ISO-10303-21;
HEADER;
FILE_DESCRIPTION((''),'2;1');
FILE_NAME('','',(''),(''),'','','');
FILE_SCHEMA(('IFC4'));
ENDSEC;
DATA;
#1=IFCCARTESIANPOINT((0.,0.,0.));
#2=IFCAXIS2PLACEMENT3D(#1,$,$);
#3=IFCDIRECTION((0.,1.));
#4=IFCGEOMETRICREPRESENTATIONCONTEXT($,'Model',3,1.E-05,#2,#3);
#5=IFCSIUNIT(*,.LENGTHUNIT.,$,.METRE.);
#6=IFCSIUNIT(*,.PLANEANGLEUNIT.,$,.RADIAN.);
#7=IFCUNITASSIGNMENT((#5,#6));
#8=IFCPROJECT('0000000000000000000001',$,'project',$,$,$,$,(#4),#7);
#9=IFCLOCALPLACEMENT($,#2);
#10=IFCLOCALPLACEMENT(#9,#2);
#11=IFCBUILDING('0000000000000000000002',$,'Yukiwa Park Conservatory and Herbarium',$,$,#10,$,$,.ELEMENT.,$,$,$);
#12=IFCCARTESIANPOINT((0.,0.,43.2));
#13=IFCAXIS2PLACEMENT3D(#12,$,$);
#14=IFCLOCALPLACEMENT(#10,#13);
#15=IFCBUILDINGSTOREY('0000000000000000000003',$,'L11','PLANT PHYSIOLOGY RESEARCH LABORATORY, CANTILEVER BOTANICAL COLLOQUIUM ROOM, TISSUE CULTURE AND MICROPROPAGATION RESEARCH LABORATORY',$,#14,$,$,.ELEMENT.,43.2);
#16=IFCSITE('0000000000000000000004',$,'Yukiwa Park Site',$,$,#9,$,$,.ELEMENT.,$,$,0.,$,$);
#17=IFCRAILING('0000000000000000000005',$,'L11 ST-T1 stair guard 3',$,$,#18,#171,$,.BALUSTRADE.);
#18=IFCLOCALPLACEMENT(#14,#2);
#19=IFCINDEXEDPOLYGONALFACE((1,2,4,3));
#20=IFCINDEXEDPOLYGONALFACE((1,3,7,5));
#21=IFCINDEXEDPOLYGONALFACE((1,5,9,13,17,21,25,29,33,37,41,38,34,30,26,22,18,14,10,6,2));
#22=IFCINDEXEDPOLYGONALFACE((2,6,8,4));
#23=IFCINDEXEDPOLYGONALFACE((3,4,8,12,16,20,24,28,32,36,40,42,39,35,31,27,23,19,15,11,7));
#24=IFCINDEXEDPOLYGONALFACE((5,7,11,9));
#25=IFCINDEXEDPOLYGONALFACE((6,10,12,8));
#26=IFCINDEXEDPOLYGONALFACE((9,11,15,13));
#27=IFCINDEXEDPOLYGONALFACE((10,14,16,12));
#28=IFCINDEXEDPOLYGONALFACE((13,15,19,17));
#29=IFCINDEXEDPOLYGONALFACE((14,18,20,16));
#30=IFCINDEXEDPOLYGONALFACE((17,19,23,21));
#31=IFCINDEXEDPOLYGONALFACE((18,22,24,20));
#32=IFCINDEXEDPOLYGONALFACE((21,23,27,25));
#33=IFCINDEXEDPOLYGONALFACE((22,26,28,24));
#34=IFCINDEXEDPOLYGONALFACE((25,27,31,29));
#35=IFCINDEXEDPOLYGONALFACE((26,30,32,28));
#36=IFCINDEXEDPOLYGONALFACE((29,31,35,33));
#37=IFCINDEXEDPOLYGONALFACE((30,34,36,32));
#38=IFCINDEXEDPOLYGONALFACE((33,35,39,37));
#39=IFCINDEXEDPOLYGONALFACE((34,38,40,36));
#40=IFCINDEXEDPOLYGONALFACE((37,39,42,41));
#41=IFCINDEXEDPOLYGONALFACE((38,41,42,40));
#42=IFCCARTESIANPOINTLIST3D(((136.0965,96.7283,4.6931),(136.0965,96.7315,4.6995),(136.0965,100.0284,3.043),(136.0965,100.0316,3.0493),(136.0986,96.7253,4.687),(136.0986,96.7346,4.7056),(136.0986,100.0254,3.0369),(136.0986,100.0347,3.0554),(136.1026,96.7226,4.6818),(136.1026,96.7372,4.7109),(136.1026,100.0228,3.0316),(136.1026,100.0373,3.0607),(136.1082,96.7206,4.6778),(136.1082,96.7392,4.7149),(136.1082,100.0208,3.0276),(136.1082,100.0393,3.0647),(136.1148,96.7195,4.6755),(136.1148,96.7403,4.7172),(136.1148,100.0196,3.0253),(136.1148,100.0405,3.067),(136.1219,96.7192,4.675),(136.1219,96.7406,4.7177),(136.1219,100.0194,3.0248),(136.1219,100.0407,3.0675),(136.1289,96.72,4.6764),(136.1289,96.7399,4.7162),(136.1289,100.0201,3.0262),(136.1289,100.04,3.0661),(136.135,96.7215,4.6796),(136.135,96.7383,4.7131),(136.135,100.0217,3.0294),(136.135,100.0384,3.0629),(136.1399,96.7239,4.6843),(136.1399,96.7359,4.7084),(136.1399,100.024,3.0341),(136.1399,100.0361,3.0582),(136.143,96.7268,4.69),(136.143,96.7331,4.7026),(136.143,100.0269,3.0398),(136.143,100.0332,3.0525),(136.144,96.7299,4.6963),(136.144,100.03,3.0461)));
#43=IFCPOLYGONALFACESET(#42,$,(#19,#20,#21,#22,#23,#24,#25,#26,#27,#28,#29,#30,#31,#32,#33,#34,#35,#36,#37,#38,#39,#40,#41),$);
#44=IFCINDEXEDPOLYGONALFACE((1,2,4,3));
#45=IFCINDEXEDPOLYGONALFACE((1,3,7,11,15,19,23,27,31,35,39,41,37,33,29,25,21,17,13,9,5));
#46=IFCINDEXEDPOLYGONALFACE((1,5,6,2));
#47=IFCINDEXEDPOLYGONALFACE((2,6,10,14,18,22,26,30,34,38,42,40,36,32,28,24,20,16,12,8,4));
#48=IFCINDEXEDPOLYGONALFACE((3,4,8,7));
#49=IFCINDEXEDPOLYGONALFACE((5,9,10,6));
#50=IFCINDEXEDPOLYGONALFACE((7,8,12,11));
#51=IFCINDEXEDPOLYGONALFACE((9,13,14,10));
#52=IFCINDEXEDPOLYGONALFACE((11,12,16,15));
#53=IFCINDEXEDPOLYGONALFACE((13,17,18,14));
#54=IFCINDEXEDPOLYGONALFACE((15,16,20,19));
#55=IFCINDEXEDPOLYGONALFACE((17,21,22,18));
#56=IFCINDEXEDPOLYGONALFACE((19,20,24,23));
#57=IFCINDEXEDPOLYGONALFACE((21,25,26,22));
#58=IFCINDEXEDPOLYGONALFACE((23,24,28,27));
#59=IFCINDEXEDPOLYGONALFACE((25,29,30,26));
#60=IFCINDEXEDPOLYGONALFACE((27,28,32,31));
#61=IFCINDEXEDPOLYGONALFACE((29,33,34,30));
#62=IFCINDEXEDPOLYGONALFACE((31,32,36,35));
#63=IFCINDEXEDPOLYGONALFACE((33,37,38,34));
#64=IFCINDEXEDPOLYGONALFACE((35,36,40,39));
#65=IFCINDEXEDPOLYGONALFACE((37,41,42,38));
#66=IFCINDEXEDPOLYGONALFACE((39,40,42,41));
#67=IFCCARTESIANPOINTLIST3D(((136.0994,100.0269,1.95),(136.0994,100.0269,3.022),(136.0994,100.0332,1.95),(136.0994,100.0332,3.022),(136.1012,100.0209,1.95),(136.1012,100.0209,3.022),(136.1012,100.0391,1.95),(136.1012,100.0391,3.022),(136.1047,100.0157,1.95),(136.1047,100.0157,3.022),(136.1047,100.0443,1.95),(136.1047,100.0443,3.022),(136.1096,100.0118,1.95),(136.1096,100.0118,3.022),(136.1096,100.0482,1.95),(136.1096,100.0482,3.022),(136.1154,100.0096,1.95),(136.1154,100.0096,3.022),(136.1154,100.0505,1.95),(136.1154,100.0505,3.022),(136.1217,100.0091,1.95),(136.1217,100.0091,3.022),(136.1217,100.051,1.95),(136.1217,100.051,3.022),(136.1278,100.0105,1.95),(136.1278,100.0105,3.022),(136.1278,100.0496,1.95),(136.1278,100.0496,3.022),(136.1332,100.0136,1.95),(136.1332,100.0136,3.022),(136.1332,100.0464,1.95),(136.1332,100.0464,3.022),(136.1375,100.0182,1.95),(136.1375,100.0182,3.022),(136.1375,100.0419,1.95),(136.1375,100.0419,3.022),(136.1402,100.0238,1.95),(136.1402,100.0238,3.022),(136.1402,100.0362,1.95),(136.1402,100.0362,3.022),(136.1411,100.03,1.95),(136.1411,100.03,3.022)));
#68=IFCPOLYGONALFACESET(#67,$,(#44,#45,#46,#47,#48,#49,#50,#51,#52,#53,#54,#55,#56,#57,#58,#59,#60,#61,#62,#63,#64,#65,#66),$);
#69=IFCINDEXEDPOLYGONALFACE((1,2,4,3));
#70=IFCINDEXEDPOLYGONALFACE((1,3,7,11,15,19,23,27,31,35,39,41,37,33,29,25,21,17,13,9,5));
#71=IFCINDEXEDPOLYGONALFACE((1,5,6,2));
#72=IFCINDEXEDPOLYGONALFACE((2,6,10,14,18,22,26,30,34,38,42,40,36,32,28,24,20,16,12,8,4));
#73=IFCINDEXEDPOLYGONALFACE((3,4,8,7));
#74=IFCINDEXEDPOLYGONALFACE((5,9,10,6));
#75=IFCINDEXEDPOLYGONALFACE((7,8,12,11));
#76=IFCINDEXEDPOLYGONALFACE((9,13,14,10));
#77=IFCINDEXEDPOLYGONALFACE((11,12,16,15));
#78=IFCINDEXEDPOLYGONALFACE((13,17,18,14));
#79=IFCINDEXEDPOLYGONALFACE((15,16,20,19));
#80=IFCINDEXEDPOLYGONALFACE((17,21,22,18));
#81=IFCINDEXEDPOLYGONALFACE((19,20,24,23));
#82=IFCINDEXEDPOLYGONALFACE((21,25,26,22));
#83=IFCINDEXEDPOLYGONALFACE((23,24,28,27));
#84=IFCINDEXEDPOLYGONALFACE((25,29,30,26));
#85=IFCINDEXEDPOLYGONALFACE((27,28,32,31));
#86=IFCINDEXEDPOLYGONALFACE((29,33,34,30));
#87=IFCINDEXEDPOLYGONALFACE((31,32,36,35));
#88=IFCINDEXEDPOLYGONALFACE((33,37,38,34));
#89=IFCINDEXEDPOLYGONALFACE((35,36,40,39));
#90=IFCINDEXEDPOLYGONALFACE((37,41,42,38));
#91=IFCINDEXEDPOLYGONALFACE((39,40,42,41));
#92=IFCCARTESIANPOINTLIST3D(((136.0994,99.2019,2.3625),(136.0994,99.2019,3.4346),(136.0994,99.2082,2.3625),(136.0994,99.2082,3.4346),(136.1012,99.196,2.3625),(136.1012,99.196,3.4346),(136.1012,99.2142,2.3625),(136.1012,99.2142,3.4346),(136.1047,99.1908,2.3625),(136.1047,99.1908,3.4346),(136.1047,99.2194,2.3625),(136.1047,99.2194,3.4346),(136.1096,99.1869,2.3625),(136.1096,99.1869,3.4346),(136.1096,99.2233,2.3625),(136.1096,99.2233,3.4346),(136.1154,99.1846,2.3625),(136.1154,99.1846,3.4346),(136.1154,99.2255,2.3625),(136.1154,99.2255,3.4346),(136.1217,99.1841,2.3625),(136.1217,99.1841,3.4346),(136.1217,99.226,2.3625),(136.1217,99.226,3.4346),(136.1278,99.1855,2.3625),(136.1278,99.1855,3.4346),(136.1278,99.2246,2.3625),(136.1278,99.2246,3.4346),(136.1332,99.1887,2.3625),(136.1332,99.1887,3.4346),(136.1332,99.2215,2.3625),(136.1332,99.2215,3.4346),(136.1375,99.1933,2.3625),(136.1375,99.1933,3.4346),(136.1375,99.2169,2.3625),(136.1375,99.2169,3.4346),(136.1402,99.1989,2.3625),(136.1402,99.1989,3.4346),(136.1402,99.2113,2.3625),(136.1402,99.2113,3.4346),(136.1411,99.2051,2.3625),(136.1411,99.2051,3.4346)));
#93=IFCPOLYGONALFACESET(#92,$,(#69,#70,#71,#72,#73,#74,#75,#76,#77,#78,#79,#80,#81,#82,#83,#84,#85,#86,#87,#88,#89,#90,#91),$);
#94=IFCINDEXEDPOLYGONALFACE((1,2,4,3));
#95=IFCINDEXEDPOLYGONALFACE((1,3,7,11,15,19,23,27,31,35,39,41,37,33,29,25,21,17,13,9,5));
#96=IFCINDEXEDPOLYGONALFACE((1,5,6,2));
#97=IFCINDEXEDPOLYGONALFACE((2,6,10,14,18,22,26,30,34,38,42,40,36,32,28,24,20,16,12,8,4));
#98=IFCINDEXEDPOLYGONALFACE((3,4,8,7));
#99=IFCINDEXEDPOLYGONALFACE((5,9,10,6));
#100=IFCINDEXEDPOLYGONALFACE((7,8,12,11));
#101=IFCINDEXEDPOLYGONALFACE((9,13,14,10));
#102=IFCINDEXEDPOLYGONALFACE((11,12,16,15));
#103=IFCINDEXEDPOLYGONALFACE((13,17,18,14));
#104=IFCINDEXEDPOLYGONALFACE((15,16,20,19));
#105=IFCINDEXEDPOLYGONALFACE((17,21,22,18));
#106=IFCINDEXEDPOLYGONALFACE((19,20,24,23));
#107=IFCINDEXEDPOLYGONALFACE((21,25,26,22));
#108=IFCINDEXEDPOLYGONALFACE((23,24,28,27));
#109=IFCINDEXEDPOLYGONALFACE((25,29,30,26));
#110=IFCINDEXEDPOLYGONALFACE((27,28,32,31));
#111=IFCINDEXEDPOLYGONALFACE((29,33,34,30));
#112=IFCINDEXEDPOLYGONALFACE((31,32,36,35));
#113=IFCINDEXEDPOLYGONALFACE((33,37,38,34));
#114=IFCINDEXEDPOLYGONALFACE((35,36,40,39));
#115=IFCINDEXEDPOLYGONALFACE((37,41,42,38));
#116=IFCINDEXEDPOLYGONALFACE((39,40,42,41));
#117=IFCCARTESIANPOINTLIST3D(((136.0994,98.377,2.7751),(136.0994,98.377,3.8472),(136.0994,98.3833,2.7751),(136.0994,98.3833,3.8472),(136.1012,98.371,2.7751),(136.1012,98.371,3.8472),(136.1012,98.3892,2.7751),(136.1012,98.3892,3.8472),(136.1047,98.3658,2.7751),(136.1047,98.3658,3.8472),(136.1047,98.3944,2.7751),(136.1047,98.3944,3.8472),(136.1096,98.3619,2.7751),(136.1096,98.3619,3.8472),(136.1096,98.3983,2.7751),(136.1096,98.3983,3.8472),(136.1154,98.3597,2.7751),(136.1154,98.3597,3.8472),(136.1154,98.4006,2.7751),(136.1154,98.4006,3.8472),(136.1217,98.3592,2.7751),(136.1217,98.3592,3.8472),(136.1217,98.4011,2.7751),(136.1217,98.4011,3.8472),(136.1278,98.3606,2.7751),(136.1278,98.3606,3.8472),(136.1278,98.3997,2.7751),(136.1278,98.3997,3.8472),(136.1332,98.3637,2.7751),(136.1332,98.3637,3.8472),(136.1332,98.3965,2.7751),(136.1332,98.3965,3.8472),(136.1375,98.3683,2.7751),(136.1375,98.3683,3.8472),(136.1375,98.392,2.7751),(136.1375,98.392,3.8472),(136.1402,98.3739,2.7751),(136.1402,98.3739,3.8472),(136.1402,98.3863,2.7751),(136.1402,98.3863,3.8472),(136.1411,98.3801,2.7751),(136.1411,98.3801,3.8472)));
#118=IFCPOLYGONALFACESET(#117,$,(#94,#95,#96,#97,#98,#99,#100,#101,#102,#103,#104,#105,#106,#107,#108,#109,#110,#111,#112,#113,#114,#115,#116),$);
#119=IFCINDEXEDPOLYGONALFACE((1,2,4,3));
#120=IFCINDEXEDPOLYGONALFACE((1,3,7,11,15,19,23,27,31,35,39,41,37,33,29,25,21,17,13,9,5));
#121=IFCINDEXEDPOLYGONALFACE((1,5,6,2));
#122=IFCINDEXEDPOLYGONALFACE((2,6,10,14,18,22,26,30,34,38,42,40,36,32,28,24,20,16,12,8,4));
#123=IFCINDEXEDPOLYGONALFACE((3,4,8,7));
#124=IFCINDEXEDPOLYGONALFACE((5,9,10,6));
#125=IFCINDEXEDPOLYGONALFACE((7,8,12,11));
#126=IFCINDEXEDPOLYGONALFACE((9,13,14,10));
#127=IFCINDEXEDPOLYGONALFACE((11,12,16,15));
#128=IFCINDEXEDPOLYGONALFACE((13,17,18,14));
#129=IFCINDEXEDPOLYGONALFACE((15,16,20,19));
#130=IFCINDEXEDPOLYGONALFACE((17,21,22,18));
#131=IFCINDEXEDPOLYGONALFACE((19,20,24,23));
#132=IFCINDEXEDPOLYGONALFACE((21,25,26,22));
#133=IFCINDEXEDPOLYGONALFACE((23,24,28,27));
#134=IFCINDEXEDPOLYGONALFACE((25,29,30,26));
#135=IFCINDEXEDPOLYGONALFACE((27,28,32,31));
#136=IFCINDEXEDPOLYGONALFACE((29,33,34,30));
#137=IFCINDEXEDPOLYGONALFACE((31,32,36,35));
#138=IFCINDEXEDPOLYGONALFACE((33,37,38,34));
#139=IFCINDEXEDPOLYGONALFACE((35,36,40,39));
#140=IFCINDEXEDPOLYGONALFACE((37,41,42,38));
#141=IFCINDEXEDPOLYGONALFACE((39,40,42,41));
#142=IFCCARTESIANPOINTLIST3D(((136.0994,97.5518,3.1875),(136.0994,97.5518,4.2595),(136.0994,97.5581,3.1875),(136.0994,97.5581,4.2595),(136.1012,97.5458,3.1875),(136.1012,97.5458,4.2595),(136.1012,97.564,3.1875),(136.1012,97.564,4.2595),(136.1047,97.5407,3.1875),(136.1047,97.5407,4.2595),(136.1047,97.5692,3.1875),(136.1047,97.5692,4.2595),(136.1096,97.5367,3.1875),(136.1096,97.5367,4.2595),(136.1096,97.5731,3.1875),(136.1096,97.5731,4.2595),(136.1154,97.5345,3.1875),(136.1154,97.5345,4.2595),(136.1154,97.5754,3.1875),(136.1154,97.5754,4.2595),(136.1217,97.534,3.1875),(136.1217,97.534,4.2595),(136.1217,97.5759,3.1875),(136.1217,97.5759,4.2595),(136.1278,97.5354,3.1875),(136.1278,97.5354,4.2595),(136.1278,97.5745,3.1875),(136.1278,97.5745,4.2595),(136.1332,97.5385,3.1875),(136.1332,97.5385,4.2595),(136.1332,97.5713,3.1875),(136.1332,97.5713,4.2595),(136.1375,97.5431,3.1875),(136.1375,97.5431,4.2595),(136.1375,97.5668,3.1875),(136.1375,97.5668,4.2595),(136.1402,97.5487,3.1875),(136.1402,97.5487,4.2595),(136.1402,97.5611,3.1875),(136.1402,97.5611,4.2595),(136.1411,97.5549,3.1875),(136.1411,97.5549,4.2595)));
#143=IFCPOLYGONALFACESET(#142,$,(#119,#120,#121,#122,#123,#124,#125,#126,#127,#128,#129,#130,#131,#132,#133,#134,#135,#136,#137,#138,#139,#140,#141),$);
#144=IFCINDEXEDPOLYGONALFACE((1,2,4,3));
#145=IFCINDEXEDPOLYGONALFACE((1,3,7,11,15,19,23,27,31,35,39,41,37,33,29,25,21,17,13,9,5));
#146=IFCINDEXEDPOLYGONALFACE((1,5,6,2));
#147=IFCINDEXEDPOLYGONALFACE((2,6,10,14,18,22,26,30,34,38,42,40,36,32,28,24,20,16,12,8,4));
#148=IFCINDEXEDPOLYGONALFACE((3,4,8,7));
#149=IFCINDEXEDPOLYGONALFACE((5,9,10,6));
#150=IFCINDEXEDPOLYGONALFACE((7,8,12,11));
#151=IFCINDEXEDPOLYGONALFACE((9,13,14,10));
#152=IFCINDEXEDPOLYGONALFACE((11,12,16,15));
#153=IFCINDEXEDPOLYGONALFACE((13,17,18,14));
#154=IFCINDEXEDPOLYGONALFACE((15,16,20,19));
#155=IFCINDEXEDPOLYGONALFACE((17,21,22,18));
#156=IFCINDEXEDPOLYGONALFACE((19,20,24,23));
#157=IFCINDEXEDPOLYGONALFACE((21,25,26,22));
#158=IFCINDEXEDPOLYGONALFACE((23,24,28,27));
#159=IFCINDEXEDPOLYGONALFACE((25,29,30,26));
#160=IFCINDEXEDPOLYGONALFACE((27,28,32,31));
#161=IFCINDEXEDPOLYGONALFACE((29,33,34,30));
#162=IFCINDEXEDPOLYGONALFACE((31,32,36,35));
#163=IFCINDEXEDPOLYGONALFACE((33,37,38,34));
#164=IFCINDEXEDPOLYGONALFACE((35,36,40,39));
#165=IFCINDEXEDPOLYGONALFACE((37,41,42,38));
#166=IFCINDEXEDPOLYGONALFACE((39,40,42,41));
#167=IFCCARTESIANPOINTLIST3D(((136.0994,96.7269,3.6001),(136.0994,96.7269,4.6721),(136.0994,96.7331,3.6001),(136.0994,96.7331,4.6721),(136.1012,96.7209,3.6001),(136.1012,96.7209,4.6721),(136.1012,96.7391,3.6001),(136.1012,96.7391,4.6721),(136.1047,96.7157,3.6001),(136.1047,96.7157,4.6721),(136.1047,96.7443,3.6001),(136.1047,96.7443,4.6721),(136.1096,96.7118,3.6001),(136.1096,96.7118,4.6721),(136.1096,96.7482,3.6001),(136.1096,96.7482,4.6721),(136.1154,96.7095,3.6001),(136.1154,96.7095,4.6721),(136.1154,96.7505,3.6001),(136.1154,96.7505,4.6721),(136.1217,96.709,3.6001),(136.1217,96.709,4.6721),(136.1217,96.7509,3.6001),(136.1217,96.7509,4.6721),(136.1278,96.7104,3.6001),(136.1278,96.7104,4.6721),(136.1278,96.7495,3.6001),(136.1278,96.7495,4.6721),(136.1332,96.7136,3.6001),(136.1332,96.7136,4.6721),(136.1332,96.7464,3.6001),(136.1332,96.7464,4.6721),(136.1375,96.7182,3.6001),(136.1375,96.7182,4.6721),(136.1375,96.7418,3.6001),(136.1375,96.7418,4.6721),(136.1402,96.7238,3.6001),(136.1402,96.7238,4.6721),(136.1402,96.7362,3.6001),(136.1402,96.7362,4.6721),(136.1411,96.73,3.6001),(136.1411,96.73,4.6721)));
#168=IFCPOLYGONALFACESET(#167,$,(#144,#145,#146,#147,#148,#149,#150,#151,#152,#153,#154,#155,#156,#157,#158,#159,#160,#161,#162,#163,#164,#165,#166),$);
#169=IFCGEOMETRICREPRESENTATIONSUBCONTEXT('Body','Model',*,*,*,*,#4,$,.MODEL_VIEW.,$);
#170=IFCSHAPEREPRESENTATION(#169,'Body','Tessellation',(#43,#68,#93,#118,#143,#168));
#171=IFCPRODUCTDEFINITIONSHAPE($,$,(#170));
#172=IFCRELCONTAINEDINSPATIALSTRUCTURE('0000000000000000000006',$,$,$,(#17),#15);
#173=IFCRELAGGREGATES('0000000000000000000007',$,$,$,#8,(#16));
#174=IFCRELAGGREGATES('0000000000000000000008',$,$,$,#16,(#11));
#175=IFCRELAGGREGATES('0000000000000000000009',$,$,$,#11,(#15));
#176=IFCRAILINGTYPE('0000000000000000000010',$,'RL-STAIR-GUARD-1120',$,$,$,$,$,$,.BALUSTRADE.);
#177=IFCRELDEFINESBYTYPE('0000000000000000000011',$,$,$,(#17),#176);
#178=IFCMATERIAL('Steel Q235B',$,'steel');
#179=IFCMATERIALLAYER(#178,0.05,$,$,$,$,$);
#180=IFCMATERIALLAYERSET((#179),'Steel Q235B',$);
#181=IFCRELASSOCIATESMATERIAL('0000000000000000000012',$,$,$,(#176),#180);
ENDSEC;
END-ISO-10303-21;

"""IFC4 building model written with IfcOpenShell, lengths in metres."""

from ifc_helpers import new_model, si_unit, direction, frame, origin, origin_2d, place, context, subcontext, project, spatial, circle, extrude, material, layer, layer_set, type_object, element, save


model = new_model("IFC4")

# Units and contexts
model_context = context("Model", 3, precision=1e-05, world=origin(), true_north=direction((0.0, 1.0)))
body_context = subcontext(model_context, "Body", "Model", "MODEL_VIEW")
ifc_project = project(units=[si_unit("LENGTHUNIT", "METRE"), si_unit("PLANEANGLEUNIT", "RADIAN")], contexts=[model_context])

# Site, building, storey
site_placement = place(None, origin())
site = spatial("IfcSite", under=ifc_project, at=site_placement, Name="Yukiwa Park Site", CompositionType="ELEMENT", RefElevation=0.0)
building_placement = place(site_placement, origin())
building = spatial("IfcBuilding", under=site, at=building_placement, Name="Yukiwa Park Conservatory and Herbarium", CompositionType="ELEMENT")
storey_placement = place(building_placement, frame((0.0, 0.0, 43.2)))
storey = spatial("IfcBuildingStorey", under=building, at=storey_placement, Name="L11", Description="PLANT PHYSIOLOGY RESEARCH LABORATORY, CANTILEVER BOTANICAL COLLOQUIUM ROOM, TISSUE CULTURE AND MICROPROPAGATION RESEARCH LABORATORY", CompositionType="ELEMENT", Elevation=43.2)

# Railing
ifc_material_1 = material(Name="Steel Q235B", Category="steel")
ifc_layer_1 = layer(ifc_material_1, 0.05)
ifc_layer_set_1 = layer_set([ifc_layer_1], Name="Steel Q235B")
railing_type = type_object("IfcRailingType", Name="RL-STAIR-GUARD-1120", PredefinedType="BALUSTRADE", material=ifc_layer_set_1)
railing_1_placement = place(storey_placement, frame((136.1201, 100.03, 1.95)))
element("IfcRailing", 1, at=railing_1_placement, inside=storey, type_object=railing_type, Name="L11 ST-T1 stair guard 3", PredefinedType="BALUSTRADE", context=body_context, shape_type="SweptSolid", body=[
    extrude(circle(Radius=0.0239, at=origin_2d()), frame((0.0, 0.0, 1.0962), z_axis=(0.0, -0.894414, 0.44724), x_axis=(1.0, 0.0, 0.0)), (0.0, 0.0, 1.0), 3.6897),
    extrude(circle(Radius=0.021, at=origin_2d()), origin(), (0.0, 0.0, 1.0), 1.072),
    extrude(circle(Radius=0.021, at=origin_2d()), frame((0.0, -0.825, 0.4126)), (0.0, 0.0, 1.0), 1.072),
    extrude(circle(Radius=0.021, at=origin_2d()), frame((0.0, -1.6499, 0.8252)), (0.0, 0.0, 1.0), 1.072),
    extrude(circle(Radius=0.021, at=origin_2d()), frame((0.0, -2.4751, 1.2375)), (0.0, 0.0, 1.0), 1.072),
    extrude(circle(Radius=0.021, at=origin_2d()), frame((0.0, -3.3, 1.6501)), (0.0, 0.0, 1.0), 1.072),
])

save(model, "model.ifc")
